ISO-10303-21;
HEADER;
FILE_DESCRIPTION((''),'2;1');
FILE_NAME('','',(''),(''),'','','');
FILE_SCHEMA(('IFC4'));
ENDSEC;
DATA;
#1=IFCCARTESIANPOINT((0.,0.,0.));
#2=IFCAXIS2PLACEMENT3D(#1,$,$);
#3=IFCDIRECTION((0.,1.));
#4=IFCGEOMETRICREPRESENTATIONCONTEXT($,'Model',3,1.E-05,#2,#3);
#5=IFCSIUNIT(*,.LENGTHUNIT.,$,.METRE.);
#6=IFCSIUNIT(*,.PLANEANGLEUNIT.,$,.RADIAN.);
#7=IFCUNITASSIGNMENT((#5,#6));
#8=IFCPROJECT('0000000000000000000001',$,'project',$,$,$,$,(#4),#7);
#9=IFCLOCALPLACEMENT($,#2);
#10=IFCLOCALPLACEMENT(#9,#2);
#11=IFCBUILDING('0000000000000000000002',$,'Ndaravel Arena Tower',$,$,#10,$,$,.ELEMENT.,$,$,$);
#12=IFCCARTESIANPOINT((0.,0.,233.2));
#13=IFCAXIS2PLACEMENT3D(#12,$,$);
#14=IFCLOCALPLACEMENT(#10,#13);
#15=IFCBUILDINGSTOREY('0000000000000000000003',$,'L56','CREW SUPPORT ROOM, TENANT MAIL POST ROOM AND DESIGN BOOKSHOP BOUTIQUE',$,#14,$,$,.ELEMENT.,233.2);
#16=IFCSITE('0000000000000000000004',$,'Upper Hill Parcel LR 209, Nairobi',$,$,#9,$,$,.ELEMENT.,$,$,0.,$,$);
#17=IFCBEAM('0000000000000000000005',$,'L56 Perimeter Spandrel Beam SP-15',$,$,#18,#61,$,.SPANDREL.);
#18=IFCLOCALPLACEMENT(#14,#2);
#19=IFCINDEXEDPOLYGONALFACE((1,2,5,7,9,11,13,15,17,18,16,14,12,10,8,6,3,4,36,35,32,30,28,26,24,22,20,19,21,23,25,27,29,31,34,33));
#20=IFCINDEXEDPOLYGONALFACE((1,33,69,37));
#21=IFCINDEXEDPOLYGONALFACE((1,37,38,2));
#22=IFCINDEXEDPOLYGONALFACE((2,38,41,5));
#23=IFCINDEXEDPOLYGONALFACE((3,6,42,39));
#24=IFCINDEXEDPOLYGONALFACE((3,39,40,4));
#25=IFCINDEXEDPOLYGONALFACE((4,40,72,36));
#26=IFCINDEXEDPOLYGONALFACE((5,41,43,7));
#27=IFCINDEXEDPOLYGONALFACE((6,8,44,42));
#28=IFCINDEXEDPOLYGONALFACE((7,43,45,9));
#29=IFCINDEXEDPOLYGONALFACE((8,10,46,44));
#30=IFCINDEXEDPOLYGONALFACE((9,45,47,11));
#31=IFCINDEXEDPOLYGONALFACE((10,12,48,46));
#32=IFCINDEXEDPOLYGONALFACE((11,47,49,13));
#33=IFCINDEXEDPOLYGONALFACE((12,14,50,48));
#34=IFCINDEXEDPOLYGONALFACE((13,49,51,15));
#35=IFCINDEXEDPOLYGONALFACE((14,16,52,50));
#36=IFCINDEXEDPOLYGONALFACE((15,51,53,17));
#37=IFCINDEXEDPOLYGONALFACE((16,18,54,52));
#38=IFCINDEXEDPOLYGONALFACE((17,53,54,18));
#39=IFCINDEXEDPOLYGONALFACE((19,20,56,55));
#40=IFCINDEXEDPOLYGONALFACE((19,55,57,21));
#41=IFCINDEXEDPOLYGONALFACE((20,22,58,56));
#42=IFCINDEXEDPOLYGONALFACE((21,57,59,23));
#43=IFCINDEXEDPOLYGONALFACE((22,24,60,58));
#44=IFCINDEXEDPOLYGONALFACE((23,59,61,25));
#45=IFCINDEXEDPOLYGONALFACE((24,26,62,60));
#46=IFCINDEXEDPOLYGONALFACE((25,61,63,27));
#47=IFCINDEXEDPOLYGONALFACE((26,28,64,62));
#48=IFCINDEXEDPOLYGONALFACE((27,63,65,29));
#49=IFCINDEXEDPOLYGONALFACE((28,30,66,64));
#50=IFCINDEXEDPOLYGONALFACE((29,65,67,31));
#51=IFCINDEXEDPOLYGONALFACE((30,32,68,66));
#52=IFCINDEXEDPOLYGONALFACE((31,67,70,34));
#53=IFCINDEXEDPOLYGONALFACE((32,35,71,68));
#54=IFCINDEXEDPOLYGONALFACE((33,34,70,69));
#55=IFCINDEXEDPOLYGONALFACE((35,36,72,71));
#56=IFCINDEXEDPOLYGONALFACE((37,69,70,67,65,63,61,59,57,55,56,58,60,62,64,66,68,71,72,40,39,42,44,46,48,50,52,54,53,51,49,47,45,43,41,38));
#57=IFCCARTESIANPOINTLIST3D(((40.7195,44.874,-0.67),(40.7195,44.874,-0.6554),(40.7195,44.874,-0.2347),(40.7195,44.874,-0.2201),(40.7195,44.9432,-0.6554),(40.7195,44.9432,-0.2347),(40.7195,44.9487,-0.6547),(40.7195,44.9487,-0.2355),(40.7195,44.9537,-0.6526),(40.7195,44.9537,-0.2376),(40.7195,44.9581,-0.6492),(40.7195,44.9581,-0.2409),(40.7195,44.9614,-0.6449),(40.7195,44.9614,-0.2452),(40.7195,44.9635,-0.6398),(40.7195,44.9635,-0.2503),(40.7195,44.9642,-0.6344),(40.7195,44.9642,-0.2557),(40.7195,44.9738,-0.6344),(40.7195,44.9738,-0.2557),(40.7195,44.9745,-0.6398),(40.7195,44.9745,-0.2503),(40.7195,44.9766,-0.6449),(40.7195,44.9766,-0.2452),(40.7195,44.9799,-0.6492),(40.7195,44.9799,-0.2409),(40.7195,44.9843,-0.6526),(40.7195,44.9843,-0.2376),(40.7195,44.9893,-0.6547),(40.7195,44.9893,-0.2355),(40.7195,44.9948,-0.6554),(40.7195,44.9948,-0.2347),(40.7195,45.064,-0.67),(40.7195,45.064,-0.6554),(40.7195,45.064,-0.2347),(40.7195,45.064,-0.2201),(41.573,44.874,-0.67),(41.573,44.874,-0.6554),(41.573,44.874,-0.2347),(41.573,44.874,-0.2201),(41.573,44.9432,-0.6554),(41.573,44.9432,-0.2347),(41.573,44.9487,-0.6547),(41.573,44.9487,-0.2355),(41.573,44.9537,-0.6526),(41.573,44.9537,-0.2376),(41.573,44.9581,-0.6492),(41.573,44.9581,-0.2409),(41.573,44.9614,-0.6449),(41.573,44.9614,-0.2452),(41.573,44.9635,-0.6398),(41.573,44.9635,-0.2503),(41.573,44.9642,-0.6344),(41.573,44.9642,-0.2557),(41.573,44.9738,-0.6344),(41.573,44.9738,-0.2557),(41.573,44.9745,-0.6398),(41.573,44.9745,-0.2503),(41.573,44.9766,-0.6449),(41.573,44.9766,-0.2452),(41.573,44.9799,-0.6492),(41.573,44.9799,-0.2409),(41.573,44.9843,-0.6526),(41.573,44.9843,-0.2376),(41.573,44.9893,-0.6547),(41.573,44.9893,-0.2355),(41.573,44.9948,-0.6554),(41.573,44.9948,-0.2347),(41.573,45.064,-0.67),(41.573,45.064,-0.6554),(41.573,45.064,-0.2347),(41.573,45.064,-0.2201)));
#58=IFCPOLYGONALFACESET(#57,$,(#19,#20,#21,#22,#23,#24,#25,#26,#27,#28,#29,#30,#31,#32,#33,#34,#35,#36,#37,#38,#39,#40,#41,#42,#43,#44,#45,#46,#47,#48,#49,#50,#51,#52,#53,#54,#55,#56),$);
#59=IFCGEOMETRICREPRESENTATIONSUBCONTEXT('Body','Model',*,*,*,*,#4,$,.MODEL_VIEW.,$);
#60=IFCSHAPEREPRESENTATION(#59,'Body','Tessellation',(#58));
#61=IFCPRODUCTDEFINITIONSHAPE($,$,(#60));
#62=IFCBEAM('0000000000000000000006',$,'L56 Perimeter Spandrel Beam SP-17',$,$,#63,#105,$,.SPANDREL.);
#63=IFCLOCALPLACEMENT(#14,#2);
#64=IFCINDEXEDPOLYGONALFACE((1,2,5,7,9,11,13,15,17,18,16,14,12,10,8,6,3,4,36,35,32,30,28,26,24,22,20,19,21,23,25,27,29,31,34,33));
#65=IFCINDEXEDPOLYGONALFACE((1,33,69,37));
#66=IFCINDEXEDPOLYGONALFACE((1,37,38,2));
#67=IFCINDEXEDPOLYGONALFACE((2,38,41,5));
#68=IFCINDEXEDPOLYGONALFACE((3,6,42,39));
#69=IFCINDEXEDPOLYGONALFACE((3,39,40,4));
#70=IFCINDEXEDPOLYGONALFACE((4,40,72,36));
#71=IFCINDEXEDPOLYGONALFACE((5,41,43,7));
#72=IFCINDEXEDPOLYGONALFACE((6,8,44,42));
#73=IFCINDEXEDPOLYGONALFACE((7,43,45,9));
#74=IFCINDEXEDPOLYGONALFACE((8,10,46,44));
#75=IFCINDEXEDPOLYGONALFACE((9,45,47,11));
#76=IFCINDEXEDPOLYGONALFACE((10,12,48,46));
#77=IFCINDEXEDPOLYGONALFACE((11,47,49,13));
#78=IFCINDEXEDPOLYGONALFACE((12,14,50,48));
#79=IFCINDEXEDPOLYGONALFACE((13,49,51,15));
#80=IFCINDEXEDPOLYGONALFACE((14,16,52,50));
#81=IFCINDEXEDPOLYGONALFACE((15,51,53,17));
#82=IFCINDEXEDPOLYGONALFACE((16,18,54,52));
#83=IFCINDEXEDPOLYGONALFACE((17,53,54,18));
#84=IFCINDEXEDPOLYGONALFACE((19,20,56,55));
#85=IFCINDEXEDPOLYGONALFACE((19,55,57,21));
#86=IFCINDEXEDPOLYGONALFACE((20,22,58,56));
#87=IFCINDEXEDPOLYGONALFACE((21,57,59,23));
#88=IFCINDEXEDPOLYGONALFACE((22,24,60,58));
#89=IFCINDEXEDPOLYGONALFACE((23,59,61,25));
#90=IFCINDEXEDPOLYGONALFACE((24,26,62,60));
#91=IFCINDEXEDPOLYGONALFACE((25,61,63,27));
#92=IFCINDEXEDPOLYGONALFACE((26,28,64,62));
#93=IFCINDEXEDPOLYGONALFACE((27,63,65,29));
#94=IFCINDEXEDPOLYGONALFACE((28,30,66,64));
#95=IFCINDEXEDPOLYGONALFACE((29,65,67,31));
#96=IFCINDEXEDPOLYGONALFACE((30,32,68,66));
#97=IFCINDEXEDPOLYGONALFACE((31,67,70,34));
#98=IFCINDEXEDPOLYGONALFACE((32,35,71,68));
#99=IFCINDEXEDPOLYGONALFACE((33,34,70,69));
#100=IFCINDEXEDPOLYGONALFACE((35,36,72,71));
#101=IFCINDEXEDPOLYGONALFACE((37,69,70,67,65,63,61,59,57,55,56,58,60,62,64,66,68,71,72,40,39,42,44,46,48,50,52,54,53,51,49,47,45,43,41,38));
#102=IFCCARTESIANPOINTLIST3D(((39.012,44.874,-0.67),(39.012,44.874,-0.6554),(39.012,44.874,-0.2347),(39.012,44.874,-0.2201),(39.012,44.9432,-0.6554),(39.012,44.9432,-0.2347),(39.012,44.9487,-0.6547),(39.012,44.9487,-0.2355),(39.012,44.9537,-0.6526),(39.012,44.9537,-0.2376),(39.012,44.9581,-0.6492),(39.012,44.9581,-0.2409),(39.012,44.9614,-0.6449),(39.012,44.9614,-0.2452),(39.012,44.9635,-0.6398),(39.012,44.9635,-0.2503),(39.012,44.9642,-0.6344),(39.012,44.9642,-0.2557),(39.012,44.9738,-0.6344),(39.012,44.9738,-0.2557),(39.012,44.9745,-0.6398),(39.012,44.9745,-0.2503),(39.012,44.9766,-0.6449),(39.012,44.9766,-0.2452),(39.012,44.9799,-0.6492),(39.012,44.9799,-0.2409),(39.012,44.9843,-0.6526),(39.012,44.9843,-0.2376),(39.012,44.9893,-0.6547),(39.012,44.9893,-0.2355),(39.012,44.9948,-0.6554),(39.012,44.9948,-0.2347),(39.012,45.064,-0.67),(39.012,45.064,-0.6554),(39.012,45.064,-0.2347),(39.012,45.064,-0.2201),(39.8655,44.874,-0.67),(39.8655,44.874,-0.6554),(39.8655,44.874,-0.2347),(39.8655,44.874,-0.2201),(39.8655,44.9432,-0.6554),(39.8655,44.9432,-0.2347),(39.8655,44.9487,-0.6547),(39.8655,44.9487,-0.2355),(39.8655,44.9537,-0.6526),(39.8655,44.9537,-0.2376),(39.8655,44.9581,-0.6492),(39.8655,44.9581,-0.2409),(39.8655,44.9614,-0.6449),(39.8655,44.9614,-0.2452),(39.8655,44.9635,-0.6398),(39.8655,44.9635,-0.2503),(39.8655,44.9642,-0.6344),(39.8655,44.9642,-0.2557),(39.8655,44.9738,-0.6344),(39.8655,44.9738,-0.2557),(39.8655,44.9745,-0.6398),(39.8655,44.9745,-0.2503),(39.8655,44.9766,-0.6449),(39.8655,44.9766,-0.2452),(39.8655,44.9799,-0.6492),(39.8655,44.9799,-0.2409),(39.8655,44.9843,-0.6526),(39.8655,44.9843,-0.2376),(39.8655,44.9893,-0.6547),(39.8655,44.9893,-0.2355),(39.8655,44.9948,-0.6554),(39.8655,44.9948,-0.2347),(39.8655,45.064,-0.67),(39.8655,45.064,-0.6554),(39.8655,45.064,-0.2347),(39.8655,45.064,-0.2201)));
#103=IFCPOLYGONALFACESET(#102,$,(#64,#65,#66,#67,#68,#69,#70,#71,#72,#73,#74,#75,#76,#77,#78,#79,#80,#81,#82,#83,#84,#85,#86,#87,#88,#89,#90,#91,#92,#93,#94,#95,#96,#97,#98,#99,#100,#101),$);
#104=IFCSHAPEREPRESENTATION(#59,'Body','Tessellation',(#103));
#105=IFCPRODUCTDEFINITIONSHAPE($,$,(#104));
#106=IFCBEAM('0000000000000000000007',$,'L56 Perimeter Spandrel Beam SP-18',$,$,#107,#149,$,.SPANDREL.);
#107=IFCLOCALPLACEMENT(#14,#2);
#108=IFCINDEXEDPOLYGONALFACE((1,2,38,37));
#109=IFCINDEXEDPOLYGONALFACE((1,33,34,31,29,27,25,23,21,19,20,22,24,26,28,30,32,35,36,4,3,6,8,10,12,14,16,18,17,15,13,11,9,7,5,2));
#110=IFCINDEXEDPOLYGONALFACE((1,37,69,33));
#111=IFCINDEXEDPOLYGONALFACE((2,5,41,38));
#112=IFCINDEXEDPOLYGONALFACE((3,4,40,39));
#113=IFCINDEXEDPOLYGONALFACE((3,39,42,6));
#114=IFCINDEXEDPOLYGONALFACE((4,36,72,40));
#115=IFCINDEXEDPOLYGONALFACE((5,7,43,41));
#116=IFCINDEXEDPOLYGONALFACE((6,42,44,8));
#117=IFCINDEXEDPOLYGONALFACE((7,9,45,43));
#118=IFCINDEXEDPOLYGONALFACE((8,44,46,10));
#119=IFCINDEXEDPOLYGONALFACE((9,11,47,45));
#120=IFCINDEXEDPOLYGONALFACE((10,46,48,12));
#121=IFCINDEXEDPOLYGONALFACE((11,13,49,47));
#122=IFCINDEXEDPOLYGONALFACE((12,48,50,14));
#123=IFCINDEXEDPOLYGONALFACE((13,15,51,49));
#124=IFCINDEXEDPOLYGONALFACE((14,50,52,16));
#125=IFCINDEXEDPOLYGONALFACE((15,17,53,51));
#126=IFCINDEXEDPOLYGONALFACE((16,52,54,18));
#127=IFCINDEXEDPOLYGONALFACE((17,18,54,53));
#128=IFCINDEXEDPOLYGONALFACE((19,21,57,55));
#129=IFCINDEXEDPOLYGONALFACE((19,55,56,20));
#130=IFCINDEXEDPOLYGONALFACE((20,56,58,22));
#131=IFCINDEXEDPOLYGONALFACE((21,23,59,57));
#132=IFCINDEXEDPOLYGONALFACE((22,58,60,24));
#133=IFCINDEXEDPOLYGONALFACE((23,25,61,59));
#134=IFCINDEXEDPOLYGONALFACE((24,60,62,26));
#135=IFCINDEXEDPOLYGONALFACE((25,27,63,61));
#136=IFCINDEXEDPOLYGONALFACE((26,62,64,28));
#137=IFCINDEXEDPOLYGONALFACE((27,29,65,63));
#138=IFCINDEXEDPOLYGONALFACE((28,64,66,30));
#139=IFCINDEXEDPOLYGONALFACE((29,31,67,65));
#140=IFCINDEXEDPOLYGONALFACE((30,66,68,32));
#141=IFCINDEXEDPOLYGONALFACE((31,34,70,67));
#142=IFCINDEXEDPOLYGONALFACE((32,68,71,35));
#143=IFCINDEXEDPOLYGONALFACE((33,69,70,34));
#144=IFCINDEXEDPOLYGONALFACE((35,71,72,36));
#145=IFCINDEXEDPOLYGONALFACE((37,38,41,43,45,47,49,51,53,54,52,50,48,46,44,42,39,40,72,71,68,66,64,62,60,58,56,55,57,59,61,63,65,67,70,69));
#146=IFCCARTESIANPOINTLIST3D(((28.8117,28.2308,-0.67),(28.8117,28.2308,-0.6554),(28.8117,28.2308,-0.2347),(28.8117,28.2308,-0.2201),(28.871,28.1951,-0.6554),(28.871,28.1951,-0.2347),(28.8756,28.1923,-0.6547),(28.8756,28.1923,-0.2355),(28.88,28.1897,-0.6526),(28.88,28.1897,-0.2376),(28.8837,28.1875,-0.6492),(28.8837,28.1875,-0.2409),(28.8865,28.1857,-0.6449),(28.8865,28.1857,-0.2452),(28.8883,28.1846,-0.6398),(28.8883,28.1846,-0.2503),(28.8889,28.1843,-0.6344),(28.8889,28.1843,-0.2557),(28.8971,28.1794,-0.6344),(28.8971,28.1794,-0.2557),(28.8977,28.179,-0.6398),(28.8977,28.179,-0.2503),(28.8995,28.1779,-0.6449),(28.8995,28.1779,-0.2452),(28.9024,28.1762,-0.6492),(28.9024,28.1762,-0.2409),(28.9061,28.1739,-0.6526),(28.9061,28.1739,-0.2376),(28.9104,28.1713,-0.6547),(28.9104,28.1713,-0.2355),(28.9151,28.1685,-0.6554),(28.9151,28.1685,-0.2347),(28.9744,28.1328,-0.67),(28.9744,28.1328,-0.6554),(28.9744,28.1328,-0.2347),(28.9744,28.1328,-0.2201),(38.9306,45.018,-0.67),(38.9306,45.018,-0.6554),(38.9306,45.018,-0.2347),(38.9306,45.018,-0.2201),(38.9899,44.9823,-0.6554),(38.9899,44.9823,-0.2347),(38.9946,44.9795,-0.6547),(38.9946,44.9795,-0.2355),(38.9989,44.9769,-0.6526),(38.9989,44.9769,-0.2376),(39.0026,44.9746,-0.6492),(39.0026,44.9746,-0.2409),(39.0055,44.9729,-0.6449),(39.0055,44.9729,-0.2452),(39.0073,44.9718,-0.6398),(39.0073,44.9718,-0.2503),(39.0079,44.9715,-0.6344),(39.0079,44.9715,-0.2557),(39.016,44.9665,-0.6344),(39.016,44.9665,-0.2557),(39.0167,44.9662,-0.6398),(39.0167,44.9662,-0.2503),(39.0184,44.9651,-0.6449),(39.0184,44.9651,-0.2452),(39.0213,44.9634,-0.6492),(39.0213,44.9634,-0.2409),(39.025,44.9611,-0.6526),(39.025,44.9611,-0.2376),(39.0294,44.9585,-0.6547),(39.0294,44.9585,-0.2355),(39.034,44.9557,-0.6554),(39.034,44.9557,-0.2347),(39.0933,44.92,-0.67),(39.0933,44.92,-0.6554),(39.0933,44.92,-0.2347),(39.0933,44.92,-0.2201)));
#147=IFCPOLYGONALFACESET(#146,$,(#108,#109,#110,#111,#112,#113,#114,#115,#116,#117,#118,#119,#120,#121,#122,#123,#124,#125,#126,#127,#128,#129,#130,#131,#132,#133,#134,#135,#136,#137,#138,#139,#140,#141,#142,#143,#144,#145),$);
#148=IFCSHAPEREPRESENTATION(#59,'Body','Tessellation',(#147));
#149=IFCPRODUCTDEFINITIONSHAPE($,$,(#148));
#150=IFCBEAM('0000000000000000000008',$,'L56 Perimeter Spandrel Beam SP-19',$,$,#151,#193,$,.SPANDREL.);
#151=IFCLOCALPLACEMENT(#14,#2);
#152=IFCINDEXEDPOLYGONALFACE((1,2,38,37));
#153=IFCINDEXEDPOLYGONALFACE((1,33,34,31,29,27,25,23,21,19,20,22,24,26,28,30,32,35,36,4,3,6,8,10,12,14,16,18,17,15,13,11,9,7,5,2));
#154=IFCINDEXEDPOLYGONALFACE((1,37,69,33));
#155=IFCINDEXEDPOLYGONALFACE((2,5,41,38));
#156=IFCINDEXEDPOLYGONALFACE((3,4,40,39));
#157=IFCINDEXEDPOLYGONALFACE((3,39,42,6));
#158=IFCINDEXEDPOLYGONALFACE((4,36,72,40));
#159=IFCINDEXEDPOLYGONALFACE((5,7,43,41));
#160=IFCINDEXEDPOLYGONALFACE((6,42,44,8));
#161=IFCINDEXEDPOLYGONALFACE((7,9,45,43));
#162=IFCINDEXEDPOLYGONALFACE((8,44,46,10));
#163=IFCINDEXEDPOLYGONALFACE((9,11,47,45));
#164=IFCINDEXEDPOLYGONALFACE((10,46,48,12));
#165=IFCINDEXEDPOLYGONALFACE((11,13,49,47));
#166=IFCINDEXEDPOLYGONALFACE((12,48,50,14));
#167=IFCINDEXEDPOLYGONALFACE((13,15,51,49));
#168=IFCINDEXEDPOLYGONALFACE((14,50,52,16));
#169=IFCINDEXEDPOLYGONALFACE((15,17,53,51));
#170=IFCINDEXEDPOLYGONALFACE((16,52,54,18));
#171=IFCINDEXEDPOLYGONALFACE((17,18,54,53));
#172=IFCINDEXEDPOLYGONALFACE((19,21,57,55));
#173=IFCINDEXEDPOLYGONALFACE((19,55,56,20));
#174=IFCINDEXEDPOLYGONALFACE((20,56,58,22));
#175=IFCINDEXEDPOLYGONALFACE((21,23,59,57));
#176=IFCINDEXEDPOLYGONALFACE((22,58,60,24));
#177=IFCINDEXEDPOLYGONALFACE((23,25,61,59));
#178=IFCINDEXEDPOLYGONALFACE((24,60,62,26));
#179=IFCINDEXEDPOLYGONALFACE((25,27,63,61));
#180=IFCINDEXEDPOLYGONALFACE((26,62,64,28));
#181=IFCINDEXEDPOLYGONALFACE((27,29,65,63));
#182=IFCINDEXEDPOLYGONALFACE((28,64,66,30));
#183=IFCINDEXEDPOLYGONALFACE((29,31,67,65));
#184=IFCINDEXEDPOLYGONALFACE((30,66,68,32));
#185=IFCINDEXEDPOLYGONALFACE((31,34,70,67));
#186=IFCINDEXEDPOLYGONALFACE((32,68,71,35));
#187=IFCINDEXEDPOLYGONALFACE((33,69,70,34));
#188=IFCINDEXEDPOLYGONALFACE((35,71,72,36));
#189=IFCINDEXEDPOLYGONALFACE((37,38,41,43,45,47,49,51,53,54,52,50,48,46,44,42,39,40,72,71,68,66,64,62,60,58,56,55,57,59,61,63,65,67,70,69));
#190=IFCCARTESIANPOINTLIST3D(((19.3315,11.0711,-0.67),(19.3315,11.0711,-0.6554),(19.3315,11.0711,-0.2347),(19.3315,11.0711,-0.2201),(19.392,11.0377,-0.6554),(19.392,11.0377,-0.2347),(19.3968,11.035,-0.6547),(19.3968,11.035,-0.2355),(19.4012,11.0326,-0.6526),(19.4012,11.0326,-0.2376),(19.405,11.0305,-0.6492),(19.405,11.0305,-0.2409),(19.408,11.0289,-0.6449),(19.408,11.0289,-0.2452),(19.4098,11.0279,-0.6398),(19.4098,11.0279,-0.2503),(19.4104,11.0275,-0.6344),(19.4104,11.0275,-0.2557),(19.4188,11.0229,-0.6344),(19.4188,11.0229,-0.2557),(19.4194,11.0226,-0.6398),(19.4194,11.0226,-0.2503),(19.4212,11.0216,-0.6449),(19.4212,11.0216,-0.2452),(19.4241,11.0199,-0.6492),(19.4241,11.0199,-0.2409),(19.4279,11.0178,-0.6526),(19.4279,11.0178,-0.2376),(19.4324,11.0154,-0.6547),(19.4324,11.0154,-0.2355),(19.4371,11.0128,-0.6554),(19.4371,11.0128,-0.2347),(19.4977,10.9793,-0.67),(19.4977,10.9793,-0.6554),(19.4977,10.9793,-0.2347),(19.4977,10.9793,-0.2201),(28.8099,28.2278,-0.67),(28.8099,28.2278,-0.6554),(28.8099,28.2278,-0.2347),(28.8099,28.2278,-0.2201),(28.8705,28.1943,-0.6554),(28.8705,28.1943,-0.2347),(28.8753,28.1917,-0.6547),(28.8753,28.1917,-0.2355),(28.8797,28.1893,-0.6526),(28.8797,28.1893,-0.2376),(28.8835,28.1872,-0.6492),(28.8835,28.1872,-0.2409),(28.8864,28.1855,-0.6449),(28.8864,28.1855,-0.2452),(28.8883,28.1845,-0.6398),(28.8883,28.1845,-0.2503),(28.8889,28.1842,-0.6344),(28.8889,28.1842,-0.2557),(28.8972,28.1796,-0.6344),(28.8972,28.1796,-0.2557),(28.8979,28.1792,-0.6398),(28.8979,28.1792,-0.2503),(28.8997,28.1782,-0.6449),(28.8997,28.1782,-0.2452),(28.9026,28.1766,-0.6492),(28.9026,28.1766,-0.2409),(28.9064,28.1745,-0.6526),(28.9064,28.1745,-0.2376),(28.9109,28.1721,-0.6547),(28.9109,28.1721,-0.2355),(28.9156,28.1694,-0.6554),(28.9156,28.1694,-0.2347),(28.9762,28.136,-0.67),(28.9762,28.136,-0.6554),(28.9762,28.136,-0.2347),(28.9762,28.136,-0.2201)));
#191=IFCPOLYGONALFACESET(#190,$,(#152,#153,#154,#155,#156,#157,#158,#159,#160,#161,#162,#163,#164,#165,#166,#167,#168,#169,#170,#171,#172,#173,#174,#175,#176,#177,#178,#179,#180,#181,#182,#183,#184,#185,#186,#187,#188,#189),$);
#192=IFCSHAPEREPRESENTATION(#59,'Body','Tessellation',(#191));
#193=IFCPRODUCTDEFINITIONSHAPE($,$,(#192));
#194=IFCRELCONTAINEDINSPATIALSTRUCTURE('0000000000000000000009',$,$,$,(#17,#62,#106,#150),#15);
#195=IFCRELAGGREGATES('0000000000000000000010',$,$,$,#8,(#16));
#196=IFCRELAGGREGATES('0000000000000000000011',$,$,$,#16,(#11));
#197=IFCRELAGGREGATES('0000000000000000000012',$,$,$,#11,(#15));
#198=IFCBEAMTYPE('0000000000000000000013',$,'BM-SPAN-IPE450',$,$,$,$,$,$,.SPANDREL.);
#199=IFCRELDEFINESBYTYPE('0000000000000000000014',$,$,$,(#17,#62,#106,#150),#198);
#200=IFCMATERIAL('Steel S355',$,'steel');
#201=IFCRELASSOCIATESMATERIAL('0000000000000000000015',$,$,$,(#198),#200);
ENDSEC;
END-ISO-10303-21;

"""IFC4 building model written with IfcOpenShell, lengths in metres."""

from ifc_helpers import new_model, si_unit, direction, frame, origin, origin_2d, place, context, subcontext, project, spatial, i_section, extrude, material, material_profile, profile_set, type_object, element, save


model = new_model("IFC4")

# Units and contexts
model_context = context("Model", 3, precision=1e-05, world=origin(), true_north=direction((0.0, 1.0)))
body_context = subcontext(model_context, "Body", "Model", "MODEL_VIEW")
ifc_project = project(units=[si_unit("LENGTHUNIT", "METRE"), si_unit("PLANEANGLEUNIT", "RADIAN")], contexts=[model_context])

# Site, building, storey
site_placement = place(None, origin())
site = spatial("IfcSite", under=ifc_project, at=site_placement, Name="Upper Hill Parcel LR 209, Nairobi", CompositionType="ELEMENT", RefElevation=0.0)
building_placement = place(site_placement, origin())
building = spatial("IfcBuilding", under=site, at=building_placement, Name="Ndaravel Arena Tower", CompositionType="ELEMENT")
storey_placement = place(building_placement, frame((0.0, 0.0, 233.2)))
storey = spatial("IfcBuildingStorey", under=building, at=storey_placement, Name="L56", Description="CREW SUPPORT ROOM, TENANT MAIL POST ROOM AND DESIGN BOOKSHOP BOUTIQUE", CompositionType="ELEMENT", Elevation=233.2)

# Beams
ifc_material_1 = material(Name="Steel S355", Category="steel")
ifc_material_profile_1 = material_profile(ifc_material_1, i_section(OverallWidth=0.1899, OverallDepth=0.45, WebThickness=0.0095, FlangeThickness=0.0146, FilletRadius=0.021, at=origin_2d()), Name="IPE 450")
ifc_profile_set_1 = profile_set([ifc_material_profile_1], Name="Steel S355")
beam_type_1 = type_object("IfcBeamType", Name="BM-SPAN-IPE450", PredefinedType="SPANDREL", material=ifc_profile_set_1)
for number, where, z_axis, x_axis, name in (
    (1, (41.573, 44.969, -0.4451), (-1.0, 0.0, 0.0), (0.0, -1.0, 0.0), "L56 Perimeter Spandrel Beam SP-15"),
    (2, (39.8655, 44.969, -0.4451), (-1.0, 0.0, 0.0), (0.0, -1.0, 0.0), "L56 Perimeter Spandrel Beam SP-17"),
):
    element("IfcBeam", number, at=place(storey_placement, frame(where, z_axis=z_axis, x_axis=x_axis)), inside=storey, type_object=beam_type_1, Name=name, PredefinedType="SPANDREL", context=body_context, shape_type="SweptSolid", body=[
        extrude(i_section(OverallWidth=0.1899, OverallDepth=0.45, WebThickness=0.0095, FlangeThickness=0.0146, FilletRadius=0.021, at=origin_2d()), origin(), (0.0, 0.0, 1.0), 0.8535),
    ])
beam_1_placement = place(storey_placement, frame((39.012, 44.969, -0.4451), z_axis=(-0.516244, -0.856442, 0.0), x_axis=(0.856442, -0.516244, 0.0)))
element("IfcBeam", 3, at=beam_1_placement, inside=storey, type_object=beam_type_1, Name="L56 Perimeter Spandrel Beam SP-18", PredefinedType="SPANDREL", context=body_context, shape_type="SweptSolid", body=[
    extrude(i_section(OverallWidth=0.1899, OverallDepth=0.45, WebThickness=0.0095, FlangeThickness=0.0146, FilletRadius=0.021, at=origin_2d()), origin(), (0.0, 0.0, 1.0), 19.6011),
])
beam_2_placement = place(storey_placement, frame((28.8931, 28.1819, -0.4451), z_axis=(-0.483575, -0.875303, 0.0), x_axis=(0.875303, -0.483575, 0.0)))
element("IfcBeam", 4, at=beam_2_placement, inside=storey, type_object=beam_type_1, Name="L56 Perimeter Spandrel Beam SP-19", PredefinedType="SPANDREL", context=body_context, shape_type="SweptSolid", body=[
    extrude(i_section(OverallWidth=0.1899, OverallDepth=0.45, WebThickness=0.0095, FlangeThickness=0.0146, FilletRadius=0.021, at=origin_2d()), origin(), (0.0, 0.0, 1.0), 19.6008),
])

save(model, "model.ifc")
